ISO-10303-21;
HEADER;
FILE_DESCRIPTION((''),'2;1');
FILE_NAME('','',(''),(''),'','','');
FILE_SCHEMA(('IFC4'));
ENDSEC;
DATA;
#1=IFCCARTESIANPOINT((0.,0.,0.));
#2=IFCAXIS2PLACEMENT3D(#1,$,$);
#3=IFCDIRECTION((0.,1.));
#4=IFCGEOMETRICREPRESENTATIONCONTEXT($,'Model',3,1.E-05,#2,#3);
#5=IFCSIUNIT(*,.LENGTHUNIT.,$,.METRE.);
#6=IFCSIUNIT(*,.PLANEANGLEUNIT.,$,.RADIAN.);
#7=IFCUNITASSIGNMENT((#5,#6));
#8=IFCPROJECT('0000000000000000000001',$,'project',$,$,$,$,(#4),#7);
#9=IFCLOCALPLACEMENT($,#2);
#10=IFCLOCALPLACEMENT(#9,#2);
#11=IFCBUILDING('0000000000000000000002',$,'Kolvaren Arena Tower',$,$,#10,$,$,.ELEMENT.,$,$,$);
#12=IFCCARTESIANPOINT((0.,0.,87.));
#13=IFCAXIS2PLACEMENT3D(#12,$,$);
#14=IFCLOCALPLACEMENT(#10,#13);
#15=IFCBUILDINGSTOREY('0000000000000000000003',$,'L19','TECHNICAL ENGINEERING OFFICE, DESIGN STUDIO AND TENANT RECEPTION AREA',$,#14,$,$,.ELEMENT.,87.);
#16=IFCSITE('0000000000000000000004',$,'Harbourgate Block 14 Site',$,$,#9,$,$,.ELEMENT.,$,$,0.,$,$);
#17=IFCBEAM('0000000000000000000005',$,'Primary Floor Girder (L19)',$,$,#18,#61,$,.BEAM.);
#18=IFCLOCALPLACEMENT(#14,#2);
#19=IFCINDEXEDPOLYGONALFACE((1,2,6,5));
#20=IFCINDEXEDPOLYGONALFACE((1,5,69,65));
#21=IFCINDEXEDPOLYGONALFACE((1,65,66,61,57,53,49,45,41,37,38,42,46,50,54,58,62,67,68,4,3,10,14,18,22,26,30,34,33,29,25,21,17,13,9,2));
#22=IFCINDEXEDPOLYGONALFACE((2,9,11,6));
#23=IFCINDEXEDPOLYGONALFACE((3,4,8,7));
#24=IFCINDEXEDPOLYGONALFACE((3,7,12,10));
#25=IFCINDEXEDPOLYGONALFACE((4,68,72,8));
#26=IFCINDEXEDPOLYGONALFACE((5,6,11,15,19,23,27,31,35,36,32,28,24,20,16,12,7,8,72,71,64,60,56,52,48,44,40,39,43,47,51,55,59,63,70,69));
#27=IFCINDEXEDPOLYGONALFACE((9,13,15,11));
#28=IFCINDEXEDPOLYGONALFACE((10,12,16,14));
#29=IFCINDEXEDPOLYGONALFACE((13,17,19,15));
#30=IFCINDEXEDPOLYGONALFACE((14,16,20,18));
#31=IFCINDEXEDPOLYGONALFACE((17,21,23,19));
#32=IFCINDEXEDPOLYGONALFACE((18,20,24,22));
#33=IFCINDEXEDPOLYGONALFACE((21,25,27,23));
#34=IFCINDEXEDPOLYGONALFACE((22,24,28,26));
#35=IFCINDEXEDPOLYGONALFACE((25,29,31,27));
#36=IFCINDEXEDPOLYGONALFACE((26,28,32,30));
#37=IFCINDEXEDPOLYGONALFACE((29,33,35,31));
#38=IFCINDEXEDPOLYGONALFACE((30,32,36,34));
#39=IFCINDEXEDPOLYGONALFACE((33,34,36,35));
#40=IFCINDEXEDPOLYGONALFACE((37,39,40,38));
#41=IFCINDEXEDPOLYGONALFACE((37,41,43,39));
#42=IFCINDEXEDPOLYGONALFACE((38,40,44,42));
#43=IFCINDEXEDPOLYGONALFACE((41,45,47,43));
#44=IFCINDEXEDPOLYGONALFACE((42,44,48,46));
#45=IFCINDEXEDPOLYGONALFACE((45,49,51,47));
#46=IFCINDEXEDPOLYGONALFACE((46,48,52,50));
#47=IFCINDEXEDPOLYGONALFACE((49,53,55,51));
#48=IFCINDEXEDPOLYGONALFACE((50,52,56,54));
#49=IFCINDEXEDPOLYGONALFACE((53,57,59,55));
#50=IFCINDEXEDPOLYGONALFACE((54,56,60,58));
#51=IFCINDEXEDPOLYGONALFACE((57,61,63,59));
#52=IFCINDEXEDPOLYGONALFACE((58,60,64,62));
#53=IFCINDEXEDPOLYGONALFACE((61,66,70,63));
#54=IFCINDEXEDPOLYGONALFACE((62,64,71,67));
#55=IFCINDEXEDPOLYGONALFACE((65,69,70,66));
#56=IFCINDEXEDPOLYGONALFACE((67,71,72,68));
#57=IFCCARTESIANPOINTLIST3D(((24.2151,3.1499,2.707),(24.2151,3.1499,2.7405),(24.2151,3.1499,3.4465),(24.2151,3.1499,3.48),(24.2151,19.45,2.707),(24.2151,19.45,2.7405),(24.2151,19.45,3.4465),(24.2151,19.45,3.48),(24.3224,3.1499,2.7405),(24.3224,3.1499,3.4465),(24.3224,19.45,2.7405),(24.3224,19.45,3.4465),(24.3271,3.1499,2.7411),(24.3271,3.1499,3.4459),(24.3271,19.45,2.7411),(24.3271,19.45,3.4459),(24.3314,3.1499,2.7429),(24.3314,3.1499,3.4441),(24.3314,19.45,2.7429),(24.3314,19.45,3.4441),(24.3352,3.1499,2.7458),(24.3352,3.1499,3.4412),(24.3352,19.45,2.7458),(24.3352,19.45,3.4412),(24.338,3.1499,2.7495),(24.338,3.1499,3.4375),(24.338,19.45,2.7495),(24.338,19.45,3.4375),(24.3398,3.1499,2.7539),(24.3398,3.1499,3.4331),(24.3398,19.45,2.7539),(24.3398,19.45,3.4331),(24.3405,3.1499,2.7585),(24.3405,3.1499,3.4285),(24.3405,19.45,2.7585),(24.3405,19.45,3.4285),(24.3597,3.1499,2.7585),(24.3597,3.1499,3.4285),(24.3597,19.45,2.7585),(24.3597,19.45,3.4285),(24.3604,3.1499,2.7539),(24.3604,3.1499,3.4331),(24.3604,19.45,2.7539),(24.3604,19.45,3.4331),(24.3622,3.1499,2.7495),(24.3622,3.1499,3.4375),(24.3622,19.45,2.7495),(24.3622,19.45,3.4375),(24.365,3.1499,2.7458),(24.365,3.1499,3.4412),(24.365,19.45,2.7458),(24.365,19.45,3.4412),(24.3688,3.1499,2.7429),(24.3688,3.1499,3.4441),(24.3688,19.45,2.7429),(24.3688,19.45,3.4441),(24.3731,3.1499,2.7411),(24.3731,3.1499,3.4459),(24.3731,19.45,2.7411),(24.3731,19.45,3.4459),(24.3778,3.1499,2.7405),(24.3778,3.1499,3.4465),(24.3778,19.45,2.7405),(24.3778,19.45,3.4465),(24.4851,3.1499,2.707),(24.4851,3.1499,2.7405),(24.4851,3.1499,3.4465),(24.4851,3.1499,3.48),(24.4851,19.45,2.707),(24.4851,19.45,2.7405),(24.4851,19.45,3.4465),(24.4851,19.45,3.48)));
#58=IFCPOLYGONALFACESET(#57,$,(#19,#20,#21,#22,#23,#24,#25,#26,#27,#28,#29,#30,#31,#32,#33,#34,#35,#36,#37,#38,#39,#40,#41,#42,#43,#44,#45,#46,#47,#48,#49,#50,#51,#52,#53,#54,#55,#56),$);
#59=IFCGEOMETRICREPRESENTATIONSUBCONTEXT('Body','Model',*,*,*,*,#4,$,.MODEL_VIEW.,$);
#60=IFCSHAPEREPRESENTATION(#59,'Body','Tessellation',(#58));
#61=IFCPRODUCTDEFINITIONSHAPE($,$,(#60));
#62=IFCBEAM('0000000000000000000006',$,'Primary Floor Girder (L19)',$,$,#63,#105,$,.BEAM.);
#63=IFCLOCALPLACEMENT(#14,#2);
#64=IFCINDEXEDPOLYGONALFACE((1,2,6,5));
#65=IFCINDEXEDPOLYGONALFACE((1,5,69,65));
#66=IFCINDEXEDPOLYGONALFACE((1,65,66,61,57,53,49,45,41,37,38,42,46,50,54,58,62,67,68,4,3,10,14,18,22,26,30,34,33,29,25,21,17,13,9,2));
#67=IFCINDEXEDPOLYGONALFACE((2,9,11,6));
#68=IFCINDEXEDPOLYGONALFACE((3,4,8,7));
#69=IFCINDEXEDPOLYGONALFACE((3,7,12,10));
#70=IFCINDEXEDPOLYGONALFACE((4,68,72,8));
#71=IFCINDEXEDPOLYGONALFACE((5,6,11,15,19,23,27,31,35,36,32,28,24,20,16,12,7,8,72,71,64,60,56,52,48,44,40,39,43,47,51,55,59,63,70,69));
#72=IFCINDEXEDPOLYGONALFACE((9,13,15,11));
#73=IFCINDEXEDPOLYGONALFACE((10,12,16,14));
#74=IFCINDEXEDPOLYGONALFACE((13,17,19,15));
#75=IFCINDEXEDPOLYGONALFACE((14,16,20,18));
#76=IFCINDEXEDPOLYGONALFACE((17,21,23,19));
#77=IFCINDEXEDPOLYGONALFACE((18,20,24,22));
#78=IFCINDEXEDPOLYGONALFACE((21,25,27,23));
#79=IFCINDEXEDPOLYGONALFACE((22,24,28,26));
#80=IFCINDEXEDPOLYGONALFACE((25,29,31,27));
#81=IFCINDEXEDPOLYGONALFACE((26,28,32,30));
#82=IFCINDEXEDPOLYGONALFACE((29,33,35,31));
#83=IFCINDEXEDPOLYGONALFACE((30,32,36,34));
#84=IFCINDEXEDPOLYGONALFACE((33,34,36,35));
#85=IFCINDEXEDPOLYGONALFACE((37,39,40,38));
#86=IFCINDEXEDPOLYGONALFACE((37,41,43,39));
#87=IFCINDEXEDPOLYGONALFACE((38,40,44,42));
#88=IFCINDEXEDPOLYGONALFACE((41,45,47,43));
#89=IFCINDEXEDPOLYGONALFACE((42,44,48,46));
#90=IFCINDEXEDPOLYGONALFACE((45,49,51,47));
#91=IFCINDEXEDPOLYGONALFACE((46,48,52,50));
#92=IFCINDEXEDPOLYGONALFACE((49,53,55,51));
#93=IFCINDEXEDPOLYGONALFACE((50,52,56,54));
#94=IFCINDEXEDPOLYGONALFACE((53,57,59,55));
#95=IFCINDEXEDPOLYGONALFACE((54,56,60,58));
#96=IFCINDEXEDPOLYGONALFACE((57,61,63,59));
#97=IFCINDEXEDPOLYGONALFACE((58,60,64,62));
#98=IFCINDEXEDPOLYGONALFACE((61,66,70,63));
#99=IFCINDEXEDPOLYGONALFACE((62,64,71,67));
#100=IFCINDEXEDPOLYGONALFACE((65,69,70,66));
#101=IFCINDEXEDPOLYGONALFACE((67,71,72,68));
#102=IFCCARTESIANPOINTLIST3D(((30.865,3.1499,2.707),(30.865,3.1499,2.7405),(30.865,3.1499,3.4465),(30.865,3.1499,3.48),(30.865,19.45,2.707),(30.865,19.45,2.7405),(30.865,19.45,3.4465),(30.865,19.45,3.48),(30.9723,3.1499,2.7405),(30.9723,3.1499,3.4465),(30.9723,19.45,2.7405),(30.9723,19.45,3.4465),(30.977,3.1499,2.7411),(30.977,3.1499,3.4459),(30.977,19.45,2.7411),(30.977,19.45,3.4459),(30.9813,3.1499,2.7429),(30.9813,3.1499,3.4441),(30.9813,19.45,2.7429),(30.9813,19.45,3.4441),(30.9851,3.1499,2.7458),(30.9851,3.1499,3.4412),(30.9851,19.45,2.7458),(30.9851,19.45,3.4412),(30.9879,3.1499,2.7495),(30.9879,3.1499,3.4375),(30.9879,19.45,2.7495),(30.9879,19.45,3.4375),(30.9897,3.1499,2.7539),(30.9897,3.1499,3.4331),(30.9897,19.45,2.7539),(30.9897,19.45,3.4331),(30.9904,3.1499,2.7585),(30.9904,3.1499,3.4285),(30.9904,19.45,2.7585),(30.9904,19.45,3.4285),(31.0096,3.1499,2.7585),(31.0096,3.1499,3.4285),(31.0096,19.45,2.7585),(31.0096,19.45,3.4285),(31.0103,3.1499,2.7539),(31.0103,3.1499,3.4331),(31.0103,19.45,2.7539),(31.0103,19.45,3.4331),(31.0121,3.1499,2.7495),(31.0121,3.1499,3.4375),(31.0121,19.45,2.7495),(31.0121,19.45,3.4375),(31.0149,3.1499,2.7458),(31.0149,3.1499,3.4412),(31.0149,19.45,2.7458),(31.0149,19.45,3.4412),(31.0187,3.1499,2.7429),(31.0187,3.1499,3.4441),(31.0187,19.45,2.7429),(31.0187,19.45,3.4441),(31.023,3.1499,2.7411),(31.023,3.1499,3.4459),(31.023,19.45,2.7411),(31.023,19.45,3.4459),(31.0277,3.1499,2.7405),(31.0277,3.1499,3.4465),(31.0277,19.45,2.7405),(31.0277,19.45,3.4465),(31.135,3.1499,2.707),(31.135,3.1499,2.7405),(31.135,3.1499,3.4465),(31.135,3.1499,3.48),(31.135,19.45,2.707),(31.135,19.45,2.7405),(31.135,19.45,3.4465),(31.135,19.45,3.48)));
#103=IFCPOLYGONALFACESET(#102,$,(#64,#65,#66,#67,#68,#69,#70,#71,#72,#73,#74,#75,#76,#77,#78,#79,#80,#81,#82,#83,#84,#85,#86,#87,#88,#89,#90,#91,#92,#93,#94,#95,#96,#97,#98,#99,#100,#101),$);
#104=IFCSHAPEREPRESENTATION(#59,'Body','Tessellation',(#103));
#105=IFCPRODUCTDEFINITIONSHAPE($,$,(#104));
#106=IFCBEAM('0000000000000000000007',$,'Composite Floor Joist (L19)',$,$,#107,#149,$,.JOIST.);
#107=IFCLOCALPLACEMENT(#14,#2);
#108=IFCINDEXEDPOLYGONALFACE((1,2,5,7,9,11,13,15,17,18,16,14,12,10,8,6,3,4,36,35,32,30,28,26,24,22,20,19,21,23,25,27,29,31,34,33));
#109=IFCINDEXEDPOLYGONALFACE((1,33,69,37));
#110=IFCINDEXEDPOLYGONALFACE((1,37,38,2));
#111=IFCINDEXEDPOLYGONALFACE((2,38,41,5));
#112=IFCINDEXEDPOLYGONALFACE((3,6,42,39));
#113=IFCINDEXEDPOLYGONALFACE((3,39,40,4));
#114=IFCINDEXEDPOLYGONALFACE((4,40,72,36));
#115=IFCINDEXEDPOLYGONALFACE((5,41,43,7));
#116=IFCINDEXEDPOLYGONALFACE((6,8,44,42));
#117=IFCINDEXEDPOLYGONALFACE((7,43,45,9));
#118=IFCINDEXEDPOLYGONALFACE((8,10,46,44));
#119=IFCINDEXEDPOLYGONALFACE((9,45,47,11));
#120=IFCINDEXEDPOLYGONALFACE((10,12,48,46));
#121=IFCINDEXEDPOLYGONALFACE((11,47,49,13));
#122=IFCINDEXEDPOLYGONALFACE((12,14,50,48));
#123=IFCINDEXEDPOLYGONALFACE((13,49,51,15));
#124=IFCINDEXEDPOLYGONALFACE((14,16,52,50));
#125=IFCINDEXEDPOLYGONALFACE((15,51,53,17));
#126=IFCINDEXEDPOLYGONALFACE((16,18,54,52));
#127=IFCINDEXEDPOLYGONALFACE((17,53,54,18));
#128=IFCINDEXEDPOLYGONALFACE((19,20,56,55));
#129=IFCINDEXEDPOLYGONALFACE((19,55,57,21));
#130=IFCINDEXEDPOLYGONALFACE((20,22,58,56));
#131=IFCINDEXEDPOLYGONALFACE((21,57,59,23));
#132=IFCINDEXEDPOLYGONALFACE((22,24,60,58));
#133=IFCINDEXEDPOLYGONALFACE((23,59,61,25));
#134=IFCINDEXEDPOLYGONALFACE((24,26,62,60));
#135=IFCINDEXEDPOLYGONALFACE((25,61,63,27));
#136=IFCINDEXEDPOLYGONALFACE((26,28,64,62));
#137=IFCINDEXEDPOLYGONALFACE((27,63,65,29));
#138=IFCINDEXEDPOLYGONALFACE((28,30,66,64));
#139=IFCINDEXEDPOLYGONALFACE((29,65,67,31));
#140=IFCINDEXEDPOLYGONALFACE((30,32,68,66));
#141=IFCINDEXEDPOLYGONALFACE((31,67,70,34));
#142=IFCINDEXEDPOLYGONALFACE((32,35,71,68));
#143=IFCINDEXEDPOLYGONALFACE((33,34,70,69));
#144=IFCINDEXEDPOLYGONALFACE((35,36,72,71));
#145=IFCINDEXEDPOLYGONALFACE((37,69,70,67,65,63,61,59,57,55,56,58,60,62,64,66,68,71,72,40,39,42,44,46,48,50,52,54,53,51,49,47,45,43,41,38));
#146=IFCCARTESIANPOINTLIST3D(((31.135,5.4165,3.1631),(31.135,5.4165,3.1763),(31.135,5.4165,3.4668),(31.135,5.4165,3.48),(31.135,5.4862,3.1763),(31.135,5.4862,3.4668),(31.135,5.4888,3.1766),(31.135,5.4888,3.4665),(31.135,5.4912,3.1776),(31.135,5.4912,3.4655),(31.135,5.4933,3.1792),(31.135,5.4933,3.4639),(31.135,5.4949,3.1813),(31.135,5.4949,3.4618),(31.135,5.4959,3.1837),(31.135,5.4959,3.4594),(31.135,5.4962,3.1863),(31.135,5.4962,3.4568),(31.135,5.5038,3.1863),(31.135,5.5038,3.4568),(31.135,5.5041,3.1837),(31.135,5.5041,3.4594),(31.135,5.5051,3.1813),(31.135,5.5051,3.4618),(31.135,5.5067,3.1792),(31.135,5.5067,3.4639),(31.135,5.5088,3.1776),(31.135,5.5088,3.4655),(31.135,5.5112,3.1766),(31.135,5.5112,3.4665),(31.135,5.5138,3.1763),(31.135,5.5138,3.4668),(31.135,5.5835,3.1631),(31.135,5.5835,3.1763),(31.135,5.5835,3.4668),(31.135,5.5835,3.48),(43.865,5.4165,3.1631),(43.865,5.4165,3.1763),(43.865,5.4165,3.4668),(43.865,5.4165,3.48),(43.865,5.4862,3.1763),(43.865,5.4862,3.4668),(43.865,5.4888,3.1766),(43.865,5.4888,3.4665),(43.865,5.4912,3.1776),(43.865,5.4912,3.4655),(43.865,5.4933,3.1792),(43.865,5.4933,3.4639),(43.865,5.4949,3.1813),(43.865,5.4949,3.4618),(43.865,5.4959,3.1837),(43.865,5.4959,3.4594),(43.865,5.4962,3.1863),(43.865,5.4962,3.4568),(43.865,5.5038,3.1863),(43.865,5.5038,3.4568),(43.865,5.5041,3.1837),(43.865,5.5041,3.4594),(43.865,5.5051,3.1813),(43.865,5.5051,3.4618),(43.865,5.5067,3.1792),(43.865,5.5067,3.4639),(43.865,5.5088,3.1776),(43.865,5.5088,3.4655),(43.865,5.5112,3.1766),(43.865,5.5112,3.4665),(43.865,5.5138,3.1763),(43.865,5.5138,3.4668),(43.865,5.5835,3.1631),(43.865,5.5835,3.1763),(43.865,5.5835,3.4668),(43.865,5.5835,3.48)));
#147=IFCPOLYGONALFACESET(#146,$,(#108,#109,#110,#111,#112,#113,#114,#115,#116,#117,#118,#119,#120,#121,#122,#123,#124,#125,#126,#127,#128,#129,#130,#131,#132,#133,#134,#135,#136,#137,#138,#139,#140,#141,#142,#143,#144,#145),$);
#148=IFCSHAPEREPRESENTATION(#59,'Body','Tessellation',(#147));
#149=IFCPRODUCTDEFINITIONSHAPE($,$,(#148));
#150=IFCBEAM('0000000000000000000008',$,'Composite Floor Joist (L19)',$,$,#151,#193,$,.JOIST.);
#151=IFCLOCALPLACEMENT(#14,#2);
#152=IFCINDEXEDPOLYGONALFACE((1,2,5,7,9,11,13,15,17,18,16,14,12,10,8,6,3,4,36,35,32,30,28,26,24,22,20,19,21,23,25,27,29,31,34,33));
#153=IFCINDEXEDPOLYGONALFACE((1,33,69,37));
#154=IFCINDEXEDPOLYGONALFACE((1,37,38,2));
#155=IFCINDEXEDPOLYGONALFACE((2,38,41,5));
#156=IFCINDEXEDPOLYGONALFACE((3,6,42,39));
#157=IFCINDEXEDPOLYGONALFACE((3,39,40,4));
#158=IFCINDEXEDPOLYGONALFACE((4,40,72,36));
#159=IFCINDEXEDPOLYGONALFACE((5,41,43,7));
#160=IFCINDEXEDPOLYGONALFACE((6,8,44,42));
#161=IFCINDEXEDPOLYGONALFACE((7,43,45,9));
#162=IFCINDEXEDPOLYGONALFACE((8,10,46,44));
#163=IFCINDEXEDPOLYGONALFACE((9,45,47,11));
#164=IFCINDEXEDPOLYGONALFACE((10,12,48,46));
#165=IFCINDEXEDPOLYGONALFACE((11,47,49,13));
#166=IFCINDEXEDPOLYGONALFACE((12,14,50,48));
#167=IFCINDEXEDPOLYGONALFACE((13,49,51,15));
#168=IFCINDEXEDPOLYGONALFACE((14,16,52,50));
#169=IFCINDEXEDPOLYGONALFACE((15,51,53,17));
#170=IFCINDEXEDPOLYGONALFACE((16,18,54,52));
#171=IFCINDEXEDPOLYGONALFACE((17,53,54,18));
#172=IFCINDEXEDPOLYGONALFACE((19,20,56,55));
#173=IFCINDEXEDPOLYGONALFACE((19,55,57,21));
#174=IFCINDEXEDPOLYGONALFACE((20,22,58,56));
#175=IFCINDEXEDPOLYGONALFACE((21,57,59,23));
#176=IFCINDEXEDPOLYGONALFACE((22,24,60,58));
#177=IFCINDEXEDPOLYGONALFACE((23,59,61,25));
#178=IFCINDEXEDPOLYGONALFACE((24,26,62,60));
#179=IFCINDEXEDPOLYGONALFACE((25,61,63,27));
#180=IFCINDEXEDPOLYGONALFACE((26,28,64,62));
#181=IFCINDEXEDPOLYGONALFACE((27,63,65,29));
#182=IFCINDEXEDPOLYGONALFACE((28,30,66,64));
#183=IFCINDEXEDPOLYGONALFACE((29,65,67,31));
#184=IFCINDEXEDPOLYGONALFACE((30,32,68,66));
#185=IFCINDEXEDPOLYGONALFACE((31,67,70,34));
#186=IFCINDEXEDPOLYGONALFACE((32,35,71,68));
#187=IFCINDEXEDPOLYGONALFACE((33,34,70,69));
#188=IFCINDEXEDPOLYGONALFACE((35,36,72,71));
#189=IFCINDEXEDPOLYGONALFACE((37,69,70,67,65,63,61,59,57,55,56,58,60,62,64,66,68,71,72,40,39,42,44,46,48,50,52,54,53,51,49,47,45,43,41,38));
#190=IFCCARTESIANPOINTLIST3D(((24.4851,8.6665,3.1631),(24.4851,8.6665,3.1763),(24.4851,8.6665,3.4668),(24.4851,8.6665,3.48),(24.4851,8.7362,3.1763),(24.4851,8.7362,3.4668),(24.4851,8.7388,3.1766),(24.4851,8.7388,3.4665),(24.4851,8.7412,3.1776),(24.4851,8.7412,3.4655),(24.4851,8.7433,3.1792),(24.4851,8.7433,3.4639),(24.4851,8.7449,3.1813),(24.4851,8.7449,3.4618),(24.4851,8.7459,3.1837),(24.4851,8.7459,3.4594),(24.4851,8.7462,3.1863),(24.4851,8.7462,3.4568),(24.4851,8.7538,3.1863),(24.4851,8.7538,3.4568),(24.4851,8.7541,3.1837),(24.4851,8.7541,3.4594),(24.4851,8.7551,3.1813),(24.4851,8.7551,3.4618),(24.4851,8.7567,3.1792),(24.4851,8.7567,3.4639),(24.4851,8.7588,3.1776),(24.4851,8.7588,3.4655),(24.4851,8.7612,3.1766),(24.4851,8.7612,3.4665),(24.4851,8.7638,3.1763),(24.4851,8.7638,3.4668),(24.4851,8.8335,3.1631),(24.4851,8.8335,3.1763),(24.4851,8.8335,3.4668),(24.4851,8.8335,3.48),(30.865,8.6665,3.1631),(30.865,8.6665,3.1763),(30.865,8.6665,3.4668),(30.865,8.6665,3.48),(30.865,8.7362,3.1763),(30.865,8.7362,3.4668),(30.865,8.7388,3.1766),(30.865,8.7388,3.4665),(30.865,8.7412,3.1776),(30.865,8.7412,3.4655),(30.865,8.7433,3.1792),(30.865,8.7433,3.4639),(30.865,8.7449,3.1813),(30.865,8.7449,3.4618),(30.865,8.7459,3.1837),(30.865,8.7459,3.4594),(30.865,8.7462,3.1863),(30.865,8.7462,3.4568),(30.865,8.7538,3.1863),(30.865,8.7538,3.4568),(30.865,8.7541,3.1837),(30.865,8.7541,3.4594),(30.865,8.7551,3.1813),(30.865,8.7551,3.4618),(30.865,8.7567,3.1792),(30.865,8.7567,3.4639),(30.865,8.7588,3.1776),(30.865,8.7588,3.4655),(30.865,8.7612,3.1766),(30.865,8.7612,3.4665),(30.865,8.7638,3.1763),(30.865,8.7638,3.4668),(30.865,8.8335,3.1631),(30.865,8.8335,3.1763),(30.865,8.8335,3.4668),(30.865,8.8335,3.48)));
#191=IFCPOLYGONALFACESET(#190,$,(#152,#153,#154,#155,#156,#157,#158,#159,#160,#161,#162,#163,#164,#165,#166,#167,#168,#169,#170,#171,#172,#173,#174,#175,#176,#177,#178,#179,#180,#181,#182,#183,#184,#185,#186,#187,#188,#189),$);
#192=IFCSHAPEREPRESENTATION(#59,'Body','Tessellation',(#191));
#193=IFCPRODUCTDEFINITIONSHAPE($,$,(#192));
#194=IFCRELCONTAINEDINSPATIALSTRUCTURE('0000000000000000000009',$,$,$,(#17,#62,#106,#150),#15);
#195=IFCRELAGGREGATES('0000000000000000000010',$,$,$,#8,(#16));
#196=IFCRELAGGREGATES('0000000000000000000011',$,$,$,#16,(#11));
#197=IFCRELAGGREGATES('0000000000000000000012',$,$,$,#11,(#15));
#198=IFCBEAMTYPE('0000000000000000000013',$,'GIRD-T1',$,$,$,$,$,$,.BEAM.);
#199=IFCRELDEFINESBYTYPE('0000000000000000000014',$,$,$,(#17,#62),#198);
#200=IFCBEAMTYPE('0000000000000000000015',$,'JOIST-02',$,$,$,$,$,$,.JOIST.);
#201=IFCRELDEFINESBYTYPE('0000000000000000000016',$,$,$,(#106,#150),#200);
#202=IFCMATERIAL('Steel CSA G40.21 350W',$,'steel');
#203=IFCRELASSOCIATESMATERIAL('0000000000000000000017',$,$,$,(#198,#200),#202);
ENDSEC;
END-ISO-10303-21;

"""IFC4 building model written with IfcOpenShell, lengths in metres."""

from ifc_helpers import new_model, si_unit, direction, frame, origin, origin_2d, place, context, subcontext, project, spatial, i_section, extrude, material, material_profile, profile_set, type_object, element, save


model = new_model("IFC4")

# Units and contexts
model_context = context("Model", 3, precision=1e-05, world=origin(), true_north=direction((0.0, 1.0)))
body_context = subcontext(model_context, "Body", "Model", "MODEL_VIEW")
ifc_project = project(units=[si_unit("LENGTHUNIT", "METRE"), si_unit("PLANEANGLEUNIT", "RADIAN")], contexts=[model_context])

# Site, building, storey
site_placement = place(None, origin())
site = spatial("IfcSite", under=ifc_project, at=site_placement, Name="Harbourgate Block 14 Site", CompositionType="ELEMENT", RefElevation=0.0)
building_placement = place(site_placement, origin())
building = spatial("IfcBuilding", under=site, at=building_placement, Name="Kolvaren Arena Tower", CompositionType="ELEMENT")
storey_placement = place(building_placement, frame((0.0, 0.0, 87.0)))
storey = spatial("IfcBuildingStorey", under=building, at=storey_placement, Name="L19", Description="TECHNICAL ENGINEERING OFFICE, DESIGN STUDIO AND TENANT RECEPTION AREA", CompositionType="ELEMENT", Elevation=87.0)

# Beams
ifc_material_1 = material(Name="Steel CSA G40.21 350W", Category="steel")
ifc_material_profile_1 = material_profile(ifc_material_1, i_section(OverallWidth=0.27, OverallDepth=0.7729, WebThickness=0.0193, FlangeThickness=0.0334, FilletRadius=0.0181, at=origin_2d()), Name="W760x257")
ifc_profile_set_1 = profile_set([ifc_material_profile_1], Name="Steel CSA G40.21 350W")
beam_type_1 = type_object("IfcBeamType", Name="GIRD-T1", PredefinedType="BEAM", material=ifc_profile_set_1)
for number, where, z_axis, x_axis, name in (
    (1, (24.3501, 3.1499, 3.0935), (0.0, 1.0, 0.0), (-1.0, 0.0, 0.0), "Primary Floor Girder (L19)"),
    (2, (31.0, 3.1499, 3.0935), (0.0, 1.0, 0.0), (-1.0, 0.0, 0.0), "Primary Floor Girder (L19)"),
):
    element("IfcBeam", number, at=place(storey_placement, frame(where, z_axis=z_axis, x_axis=x_axis)), inside=storey, type_object=beam_type_1, Name=name, PredefinedType="BEAM", context=body_context, shape_type="SweptSolid", body=[
        extrude(i_section(OverallWidth=0.27, OverallDepth=0.7729, WebThickness=0.0193, FlangeThickness=0.0334, FilletRadius=0.0181, at=origin_2d()), origin(), (0.0, 0.0, 1.0), 16.3),
    ])
ifc_material_profile_2 = material_profile(ifc_material_1, i_section(OverallWidth=0.167, OverallDepth=0.3169, WebThickness=0.0076, FlangeThickness=0.0132, FilletRadius=0.01, at=origin_2d()), Name="W310x52")
ifc_profile_set_2 = profile_set([ifc_material_profile_2], Name="Steel CSA G40.21 350W")
beam_type_2 = type_object("IfcBeamType", Name="JOIST-02", PredefinedType="JOIST", material=ifc_profile_set_2)
beam_1_placement = place(storey_placement, frame((31.135, 5.5, 3.3215), z_axis=(1.0, 0.0, 0.0), x_axis=(0.0, 1.0, 0.0)))
element("IfcBeam", 3, at=beam_1_placement, inside=storey, type_object=beam_type_2, Name="Composite Floor Joist (L19)", PredefinedType="JOIST", context=body_context, shape_type="SweptSolid", body=[
    extrude(i_section(OverallWidth=0.167, OverallDepth=0.3169, WebThickness=0.0076, FlangeThickness=0.0132, FilletRadius=0.01, at=origin_2d()), origin(), (0.0, 0.0, 1.0), 12.73),
])
beam_2_placement = place(storey_placement, frame((24.4851, 8.75, 3.3215), z_axis=(1.0, 0.0, 0.0), x_axis=(0.0, 1.0, 0.0)))
element("IfcBeam", 4, at=beam_2_placement, inside=storey, type_object=beam_type_2, Name="Composite Floor Joist (L19)", PredefinedType="JOIST", context=body_context, shape_type="SweptSolid", body=[
    extrude(i_section(OverallWidth=0.167, OverallDepth=0.3169, WebThickness=0.0076, FlangeThickness=0.0132, FilletRadius=0.01, at=origin_2d()), origin(), (0.0, 0.0, 1.0), 6.3799),
])

save(model, "model.ifc")
